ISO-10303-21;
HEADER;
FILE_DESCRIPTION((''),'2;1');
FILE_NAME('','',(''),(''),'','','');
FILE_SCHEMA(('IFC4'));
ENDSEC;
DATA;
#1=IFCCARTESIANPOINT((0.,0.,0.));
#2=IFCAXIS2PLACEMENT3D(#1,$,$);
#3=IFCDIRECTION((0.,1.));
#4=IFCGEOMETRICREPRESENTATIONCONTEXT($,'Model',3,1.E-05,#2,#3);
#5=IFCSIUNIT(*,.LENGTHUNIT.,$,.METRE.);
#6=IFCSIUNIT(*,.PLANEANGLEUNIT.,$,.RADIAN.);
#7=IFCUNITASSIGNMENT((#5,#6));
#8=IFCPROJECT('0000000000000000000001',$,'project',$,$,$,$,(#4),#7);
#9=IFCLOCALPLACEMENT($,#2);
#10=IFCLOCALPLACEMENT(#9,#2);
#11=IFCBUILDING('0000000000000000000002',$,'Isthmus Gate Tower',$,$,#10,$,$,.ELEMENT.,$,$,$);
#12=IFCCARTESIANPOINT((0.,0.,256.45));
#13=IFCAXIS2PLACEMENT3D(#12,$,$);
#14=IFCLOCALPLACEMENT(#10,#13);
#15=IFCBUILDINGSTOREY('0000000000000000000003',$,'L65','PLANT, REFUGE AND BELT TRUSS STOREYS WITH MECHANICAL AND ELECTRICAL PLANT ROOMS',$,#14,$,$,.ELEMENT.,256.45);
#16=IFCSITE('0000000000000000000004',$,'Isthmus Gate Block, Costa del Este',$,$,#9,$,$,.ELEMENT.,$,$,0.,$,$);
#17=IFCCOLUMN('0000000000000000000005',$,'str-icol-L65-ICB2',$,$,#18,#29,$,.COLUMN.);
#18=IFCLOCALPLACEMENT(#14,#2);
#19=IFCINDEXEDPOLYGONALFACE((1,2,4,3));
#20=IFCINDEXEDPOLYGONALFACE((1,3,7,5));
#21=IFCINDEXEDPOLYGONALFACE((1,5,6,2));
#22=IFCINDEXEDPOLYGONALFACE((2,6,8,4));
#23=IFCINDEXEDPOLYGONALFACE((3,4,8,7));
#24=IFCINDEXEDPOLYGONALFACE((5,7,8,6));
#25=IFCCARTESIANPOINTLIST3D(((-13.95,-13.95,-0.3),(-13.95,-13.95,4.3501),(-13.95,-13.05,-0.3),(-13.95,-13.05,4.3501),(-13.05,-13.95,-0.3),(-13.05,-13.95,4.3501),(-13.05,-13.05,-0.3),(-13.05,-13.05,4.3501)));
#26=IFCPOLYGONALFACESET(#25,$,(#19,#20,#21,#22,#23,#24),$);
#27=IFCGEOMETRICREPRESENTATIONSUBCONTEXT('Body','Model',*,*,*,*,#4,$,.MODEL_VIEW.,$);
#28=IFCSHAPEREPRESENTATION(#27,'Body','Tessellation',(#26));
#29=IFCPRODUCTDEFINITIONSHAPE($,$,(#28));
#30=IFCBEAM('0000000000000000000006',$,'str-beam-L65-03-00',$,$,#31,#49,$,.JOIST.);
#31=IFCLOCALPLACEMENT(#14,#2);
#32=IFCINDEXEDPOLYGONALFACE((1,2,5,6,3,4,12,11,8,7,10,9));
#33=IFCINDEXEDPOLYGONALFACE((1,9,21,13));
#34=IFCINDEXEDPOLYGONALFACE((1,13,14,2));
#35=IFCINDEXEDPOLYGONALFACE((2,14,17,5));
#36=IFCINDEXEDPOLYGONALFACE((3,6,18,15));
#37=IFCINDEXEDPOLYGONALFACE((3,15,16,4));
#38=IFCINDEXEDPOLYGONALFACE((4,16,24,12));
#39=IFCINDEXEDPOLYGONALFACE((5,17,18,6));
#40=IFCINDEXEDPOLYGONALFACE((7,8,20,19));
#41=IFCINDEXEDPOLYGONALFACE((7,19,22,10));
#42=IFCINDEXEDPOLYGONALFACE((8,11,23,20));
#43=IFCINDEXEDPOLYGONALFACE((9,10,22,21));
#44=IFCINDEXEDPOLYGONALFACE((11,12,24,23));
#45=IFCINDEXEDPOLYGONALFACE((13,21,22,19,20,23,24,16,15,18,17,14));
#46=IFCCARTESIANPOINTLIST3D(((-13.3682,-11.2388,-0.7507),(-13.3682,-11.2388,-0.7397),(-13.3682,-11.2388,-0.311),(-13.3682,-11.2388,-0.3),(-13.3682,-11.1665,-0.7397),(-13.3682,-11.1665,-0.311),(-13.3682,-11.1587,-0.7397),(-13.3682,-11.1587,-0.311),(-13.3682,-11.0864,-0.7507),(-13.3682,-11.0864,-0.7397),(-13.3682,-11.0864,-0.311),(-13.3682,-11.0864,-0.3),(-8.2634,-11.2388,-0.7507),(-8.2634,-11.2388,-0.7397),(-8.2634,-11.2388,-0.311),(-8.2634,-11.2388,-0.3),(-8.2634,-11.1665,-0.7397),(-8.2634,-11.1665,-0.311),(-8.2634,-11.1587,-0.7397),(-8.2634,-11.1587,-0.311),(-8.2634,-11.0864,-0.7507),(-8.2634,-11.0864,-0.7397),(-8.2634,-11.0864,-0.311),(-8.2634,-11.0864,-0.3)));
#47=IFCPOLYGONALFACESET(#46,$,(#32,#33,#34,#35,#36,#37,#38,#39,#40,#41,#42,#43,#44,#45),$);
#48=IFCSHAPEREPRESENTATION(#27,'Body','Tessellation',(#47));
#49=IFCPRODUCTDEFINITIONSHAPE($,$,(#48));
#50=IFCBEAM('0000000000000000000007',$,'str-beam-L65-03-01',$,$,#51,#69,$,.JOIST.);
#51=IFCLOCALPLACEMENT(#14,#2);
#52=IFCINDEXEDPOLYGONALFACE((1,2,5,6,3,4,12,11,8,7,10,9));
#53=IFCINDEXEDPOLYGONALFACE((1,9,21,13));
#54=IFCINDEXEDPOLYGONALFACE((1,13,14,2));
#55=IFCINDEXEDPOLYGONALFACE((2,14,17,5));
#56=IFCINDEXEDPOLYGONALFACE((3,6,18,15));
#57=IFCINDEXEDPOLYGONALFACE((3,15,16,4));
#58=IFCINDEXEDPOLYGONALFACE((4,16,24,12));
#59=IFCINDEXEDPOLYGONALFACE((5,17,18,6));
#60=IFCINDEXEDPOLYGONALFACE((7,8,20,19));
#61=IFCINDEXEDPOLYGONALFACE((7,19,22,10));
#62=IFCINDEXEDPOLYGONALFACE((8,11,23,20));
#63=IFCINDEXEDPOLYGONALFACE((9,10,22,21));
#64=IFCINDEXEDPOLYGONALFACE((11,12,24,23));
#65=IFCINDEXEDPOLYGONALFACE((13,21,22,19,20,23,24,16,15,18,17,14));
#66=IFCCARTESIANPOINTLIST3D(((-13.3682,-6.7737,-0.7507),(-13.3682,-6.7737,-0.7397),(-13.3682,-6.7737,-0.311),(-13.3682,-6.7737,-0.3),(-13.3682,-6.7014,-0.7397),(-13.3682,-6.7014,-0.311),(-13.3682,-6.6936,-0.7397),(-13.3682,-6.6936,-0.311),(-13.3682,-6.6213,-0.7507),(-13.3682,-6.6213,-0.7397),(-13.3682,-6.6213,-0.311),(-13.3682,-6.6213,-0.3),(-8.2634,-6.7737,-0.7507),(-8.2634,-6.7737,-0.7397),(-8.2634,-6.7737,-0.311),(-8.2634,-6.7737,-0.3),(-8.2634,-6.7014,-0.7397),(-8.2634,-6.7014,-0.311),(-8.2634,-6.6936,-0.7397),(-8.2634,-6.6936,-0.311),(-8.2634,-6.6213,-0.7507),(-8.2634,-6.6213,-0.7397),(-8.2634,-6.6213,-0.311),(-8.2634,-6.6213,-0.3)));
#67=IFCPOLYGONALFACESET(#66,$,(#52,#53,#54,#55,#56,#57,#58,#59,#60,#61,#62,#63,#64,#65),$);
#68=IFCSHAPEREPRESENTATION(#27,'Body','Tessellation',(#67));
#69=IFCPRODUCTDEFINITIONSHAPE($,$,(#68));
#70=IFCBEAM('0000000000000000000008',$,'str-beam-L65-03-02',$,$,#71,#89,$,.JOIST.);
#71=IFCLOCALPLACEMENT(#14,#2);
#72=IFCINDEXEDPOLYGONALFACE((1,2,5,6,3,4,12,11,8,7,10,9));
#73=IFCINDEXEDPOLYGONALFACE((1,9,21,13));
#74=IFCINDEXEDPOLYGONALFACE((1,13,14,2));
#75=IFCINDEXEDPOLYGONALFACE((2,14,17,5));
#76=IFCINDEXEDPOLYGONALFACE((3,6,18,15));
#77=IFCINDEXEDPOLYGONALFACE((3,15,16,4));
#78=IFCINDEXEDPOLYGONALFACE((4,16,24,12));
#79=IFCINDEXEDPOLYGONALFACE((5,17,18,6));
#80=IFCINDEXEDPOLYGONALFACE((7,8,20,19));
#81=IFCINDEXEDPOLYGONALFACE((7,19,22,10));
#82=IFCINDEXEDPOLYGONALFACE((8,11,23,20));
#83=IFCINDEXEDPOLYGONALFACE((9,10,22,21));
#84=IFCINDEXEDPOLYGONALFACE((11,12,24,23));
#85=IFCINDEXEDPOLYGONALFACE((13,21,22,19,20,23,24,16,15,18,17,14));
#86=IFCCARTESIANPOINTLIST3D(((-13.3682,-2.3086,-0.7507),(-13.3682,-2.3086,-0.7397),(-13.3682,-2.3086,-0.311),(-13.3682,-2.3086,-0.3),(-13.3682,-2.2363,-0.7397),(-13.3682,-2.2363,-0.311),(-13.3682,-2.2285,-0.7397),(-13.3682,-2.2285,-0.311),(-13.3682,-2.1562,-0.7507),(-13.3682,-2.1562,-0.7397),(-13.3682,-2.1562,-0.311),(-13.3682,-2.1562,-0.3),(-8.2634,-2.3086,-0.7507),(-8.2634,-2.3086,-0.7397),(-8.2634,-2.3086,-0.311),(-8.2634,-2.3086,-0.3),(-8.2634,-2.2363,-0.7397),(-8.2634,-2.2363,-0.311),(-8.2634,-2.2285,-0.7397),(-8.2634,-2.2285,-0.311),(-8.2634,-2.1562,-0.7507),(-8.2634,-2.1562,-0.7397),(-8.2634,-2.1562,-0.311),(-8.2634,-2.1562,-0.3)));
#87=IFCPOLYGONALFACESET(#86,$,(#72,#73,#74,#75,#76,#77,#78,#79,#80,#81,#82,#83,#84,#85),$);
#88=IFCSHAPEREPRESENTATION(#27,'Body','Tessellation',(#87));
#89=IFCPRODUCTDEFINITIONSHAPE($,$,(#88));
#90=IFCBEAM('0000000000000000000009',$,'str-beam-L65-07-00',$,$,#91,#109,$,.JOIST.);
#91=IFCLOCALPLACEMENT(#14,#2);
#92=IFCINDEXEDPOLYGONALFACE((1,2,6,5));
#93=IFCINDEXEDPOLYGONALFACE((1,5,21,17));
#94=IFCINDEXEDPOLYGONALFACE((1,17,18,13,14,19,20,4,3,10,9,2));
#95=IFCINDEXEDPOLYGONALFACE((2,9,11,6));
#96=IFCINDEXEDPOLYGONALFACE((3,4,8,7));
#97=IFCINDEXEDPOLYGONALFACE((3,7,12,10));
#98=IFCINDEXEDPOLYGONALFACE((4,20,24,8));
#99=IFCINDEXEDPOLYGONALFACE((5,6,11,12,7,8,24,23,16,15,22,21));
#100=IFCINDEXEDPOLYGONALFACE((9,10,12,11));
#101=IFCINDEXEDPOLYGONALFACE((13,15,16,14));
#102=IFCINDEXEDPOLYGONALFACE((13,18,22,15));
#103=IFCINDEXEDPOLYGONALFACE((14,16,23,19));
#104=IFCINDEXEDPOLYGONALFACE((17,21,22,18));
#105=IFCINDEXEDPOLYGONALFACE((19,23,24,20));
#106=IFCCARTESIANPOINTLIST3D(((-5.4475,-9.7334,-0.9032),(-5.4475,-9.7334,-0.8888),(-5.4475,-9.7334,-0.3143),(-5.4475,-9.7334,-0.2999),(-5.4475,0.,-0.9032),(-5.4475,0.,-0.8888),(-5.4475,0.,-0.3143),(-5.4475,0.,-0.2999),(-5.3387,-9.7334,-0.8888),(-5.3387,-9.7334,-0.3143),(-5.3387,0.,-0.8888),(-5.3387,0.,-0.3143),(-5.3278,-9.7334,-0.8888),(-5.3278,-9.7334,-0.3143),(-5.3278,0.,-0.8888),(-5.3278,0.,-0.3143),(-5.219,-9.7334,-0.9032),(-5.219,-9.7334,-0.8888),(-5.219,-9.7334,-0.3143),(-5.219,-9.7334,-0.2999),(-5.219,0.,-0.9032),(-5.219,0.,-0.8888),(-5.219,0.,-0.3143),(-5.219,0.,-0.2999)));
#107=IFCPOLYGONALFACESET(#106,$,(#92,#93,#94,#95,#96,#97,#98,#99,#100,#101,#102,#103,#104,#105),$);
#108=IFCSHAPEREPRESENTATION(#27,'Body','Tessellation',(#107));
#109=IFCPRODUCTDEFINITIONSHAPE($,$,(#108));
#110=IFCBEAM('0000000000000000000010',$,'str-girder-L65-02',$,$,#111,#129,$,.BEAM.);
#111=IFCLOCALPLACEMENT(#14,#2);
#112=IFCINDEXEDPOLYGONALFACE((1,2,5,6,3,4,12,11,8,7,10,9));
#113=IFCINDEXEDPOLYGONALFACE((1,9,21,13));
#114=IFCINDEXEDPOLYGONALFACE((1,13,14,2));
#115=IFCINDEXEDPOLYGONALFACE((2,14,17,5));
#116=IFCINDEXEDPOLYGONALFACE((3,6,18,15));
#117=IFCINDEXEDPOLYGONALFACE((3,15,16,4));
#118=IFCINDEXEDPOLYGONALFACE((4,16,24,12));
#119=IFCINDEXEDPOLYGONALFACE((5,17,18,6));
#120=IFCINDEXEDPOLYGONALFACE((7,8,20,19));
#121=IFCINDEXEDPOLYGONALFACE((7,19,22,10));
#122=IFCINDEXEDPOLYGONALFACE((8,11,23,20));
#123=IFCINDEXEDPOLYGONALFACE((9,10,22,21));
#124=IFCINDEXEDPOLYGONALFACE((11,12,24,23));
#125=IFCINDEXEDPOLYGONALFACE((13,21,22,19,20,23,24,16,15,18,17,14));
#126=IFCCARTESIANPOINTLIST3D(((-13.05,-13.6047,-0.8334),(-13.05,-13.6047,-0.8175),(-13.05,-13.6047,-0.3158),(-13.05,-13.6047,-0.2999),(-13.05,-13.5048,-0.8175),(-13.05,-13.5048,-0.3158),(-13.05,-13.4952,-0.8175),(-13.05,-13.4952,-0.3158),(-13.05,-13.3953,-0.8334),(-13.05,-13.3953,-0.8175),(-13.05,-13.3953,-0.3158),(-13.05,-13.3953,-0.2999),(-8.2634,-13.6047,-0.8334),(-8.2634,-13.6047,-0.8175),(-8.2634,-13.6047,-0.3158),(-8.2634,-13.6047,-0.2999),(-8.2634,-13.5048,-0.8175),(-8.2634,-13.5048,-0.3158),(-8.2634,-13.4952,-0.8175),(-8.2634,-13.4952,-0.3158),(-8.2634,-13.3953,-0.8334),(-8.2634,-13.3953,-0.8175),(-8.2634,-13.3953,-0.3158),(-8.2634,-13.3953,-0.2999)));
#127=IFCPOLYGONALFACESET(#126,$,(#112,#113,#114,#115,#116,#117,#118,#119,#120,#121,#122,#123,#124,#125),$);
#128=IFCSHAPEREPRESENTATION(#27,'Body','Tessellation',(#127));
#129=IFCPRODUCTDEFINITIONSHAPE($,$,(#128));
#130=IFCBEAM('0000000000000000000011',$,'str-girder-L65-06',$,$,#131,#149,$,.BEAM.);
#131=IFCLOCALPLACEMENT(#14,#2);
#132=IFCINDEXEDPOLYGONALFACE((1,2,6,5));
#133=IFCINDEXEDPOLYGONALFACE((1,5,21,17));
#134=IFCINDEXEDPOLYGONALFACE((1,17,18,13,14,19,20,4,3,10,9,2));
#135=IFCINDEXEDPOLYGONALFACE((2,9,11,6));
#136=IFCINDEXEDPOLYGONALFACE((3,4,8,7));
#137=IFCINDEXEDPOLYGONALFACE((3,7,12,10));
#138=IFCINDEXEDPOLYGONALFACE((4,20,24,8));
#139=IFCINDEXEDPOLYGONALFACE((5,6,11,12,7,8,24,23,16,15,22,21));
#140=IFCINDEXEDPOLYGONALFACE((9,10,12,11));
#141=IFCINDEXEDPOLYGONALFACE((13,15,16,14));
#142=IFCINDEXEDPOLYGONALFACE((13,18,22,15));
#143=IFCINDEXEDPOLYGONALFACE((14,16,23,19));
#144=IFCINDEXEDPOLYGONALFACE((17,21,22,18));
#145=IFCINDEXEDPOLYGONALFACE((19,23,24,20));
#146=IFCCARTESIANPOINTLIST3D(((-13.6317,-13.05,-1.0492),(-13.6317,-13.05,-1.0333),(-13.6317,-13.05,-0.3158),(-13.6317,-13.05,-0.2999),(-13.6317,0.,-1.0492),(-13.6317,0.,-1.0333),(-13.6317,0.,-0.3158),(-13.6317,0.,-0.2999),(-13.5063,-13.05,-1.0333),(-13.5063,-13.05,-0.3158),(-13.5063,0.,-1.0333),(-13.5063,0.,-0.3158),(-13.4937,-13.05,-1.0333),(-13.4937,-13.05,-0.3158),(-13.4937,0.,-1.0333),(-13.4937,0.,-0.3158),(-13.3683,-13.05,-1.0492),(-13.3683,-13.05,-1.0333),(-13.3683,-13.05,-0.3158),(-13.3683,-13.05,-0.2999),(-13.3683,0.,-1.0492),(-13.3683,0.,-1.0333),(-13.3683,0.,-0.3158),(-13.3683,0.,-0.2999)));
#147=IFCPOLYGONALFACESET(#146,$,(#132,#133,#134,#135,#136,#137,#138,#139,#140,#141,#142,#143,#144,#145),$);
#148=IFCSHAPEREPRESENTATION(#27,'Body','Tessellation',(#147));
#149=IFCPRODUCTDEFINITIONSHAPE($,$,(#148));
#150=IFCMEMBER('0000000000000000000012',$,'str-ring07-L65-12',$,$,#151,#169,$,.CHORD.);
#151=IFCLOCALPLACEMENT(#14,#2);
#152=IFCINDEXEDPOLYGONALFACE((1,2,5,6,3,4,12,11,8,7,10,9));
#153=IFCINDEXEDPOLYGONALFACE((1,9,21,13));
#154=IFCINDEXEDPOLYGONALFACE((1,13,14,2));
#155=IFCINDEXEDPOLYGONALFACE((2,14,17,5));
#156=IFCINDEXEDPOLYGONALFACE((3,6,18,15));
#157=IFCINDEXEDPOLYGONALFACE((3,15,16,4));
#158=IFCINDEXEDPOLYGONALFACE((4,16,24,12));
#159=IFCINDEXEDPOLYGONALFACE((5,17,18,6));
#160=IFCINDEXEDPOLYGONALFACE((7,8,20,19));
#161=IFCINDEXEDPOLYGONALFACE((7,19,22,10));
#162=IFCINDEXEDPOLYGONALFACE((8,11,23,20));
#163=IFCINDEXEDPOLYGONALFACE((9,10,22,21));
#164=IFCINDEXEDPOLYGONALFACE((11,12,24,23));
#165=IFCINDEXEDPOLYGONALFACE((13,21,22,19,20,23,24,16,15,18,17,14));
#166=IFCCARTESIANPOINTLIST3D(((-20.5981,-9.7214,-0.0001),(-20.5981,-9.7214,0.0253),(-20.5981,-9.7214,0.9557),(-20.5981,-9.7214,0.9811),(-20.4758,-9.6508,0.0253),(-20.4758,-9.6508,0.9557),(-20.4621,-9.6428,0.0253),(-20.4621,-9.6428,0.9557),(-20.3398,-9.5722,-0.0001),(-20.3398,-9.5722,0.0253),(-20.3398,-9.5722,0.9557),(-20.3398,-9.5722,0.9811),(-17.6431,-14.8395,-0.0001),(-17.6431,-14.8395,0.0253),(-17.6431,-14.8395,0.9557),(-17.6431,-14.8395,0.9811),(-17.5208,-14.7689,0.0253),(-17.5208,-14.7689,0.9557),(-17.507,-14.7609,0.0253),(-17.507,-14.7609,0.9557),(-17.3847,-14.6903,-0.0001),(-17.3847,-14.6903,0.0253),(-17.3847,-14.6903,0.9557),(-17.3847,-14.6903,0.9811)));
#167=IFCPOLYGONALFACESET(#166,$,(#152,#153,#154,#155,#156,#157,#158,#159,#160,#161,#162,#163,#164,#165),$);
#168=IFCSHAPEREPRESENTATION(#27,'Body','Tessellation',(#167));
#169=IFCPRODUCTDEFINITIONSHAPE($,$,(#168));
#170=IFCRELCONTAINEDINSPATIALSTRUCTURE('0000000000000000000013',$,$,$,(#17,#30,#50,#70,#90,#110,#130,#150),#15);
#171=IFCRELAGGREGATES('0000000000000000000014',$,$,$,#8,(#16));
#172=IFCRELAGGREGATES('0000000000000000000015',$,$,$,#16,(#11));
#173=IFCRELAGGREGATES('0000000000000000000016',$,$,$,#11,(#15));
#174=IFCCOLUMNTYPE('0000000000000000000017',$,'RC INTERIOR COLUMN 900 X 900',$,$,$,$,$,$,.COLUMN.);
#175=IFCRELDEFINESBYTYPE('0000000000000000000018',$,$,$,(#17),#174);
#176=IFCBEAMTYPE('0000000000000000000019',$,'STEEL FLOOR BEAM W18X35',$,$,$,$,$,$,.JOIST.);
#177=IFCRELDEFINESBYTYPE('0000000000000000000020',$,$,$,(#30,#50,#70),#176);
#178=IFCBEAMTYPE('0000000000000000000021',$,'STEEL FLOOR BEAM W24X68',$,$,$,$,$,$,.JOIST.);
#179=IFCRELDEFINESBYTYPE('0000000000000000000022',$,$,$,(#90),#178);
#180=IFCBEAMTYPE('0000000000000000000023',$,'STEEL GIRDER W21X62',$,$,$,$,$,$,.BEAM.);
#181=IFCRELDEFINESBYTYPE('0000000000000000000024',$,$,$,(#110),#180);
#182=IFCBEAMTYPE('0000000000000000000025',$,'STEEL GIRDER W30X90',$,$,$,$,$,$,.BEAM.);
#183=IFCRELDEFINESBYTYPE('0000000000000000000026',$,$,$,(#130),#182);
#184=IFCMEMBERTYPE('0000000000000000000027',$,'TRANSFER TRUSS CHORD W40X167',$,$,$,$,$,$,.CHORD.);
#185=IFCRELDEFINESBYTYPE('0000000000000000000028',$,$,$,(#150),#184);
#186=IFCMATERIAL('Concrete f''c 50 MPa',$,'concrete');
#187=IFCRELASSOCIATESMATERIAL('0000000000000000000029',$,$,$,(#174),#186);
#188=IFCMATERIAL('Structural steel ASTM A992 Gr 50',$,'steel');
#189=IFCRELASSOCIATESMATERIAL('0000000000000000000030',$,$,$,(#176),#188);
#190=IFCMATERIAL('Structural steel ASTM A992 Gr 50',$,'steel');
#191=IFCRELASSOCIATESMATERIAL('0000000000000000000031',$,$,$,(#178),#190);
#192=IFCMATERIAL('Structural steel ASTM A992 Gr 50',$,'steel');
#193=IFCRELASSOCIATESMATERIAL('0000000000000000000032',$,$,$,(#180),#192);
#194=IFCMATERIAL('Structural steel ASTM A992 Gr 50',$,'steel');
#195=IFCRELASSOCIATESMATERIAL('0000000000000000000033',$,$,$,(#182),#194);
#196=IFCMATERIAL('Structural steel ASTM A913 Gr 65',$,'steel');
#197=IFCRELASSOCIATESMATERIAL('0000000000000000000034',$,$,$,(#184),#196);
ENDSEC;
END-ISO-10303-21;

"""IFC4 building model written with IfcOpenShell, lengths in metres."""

from ifc_helpers import new_model, si_unit, direction, frame, origin, origin_2d, place, context, subcontext, project, spatial, rectangle, i_section, extrude, material, material_profile, profile_set, type_object, element, save


model = new_model("IFC4")

# Units and contexts
model_context = context("Model", 3, precision=1e-05, world=origin(), true_north=direction((0.0, 1.0)))
body_context = subcontext(model_context, "Body", "Model", "MODEL_VIEW")
ifc_project = project(units=[si_unit("LENGTHUNIT", "METRE"), si_unit("PLANEANGLEUNIT", "RADIAN")], contexts=[model_context])

# Site, building, storey
site_placement = place(None, origin())
site = spatial("IfcSite", under=ifc_project, at=site_placement, Name="Isthmus Gate Block, Costa del Este", CompositionType="ELEMENT", RefElevation=0.0)
building_placement = place(site_placement, origin())
building = spatial("IfcBuilding", under=site, at=building_placement, Name="Isthmus Gate Tower", CompositionType="ELEMENT")
storey_placement = place(building_placement, frame((0.0, 0.0, 256.45)))
storey = spatial("IfcBuildingStorey", under=building, at=storey_placement, Name="L65", Description="PLANT, REFUGE AND BELT TRUSS STOREYS WITH MECHANICAL AND ELECTRICAL PLANT ROOMS", CompositionType="ELEMENT", Elevation=256.45)

# Column
ifc_material_1 = material(Name="Concrete f'c 50 MPa", Category="concrete")
ifc_material_profile_1 = material_profile(ifc_material_1, rectangle(XDim=0.8999, YDim=0.8999, at=origin_2d()), Name="RC 900X900")
ifc_profile_set_1 = profile_set([ifc_material_profile_1], Name="Concrete f'c 50 MPa")
column_type = type_object("IfcColumnType", Name="RC INTERIOR COLUMN 900 X 900", PredefinedType="COLUMN", material=ifc_profile_set_1)
column_placement = place(storey_placement, frame((-13.5, -13.5, -0.3), z_axis=(0.0, 0.0, 1.0), x_axis=(1.0, 0.0, 0.0)))
element("IfcColumn", 1, at=column_placement, inside=storey, type_object=column_type, Name="str-icol-L65-ICB2", PredefinedType="COLUMN", context=body_context, shape_type="SweptSolid", body=[
    extrude(rectangle(XDim=0.8999, YDim=0.8999, at=origin_2d()), origin(), (0.0, 0.0, 1.0), 4.6501),
])

# Beams
ifc_material_2 = material(Name="Structural steel ASTM A992 Gr 50", Category="steel")
ifc_material_profile_2 = material_profile(ifc_material_2, i_section(OverallWidth=0.1523, OverallDepth=0.4507, WebThickness=0.0078, FlangeThickness=0.011, at=origin_2d()), Name="W18X35")
ifc_profile_set_2 = profile_set([ifc_material_profile_2], Name="Structural steel ASTM A992 Gr 50")
beam_type_1 = type_object("IfcBeamType", Name="STEEL FLOOR BEAM W18X35", PredefinedType="JOIST", material=ifc_profile_set_2)
for number, where, z_axis, x_axis, name in (
    (2, (-13.3682, -11.1626, -0.5254), (1.0, 0.0, 0.0), (0.0, 1.0, 0.0), "str-beam-L65-03-00"),
    (3, (-13.3682, -6.6975, -0.5254), (1.0, 0.0, 0.0), (0.0, 1.0, 0.0), "str-beam-L65-03-01"),
    (4, (-13.3682, -2.2324, -0.5254), (1.0, 0.0, 0.0), (0.0, 1.0, 0.0), "str-beam-L65-03-02"),
):
    element("IfcBeam", number, at=place(storey_placement, frame(where, z_axis=z_axis, x_axis=x_axis)), inside=storey, type_object=beam_type_1, Name=name, PredefinedType="JOIST", context=body_context, shape_type="SweptSolid", body=[
        extrude(i_section(OverallWidth=0.1523, OverallDepth=0.4507, WebThickness=0.0078, FlangeThickness=0.011, at=origin_2d()), origin(), (0.0, 0.0, 1.0), 5.1047),
    ])
ifc_material_3 = material(Name="Structural steel ASTM A992 Gr 50", Category="steel")
ifc_material_profile_3 = material_profile(ifc_material_3, i_section(OverallWidth=0.2285, OverallDepth=0.6033, WebThickness=0.011, FlangeThickness=0.0144, at=origin_2d()), Name="W24X68")
ifc_profile_set_3 = profile_set([ifc_material_profile_3], Name="Structural steel ASTM A992 Gr 50")
beam_type_2 = type_object("IfcBeamType", Name="STEEL FLOOR BEAM W24X68", PredefinedType="JOIST", material=ifc_profile_set_3)
beam_1_placement = place(storey_placement, frame((-5.3333, -9.7334, -0.6016), z_axis=(0.0, 1.0, 0.0), x_axis=(-1.0, 0.0, 0.0)))
element("IfcBeam", 5, at=beam_1_placement, inside=storey, type_object=beam_type_2, Name="str-beam-L65-07-00", PredefinedType="JOIST", context=body_context, shape_type="SweptSolid", body=[
    extrude(i_section(OverallWidth=0.2285, OverallDepth=0.6033, WebThickness=0.011, FlangeThickness=0.0144, at=origin_2d()), origin(), (0.0, 0.0, 1.0), 9.7334),
])
ifc_material_4 = material(Name="Structural steel ASTM A992 Gr 50", Category="steel")
ifc_material_profile_4 = material_profile(ifc_material_4, i_section(OverallWidth=0.2095, OverallDepth=0.5334, WebThickness=0.0095, FlangeThickness=0.0159, at=origin_2d()), Name="W21X62")
ifc_profile_set_4 = profile_set([ifc_material_profile_4], Name="Structural steel ASTM A992 Gr 50")
beam_type_3 = type_object("IfcBeamType", Name="STEEL GIRDER W21X62", PredefinedType="BEAM", material=ifc_profile_set_4)
beam_2_placement = place(storey_placement, frame((-13.05, -13.5, -0.5667), z_axis=(1.0, 0.0, 0.0), x_axis=(0.0, 1.0, 0.0)))
element("IfcBeam", 6, at=beam_2_placement, inside=storey, type_object=beam_type_3, Name="str-girder-L65-02", PredefinedType="BEAM", context=body_context, shape_type="SweptSolid", body=[
    extrude(i_section(OverallWidth=0.2095, OverallDepth=0.5334, WebThickness=0.0095, FlangeThickness=0.0159, at=origin_2d()), origin(), (0.0, 0.0, 1.0), 4.7866),
])
ifc_material_5 = material(Name="Structural steel ASTM A992 Gr 50", Category="steel")
ifc_material_profile_5 = material_profile(ifc_material_5, i_section(OverallWidth=0.2634, OverallDepth=0.7493, WebThickness=0.0127, FlangeThickness=0.0159, at=origin_2d()), Name="W30X90")
ifc_profile_set_5 = profile_set([ifc_material_profile_5], Name="Structural steel ASTM A992 Gr 50")
beam_type_4 = type_object("IfcBeamType", Name="STEEL GIRDER W30X90", PredefinedType="BEAM", material=ifc_profile_set_5)
beam_3_placement = place(storey_placement, frame((-13.5, -13.05, -0.6746), z_axis=(0.0, 1.0, 0.0), x_axis=(-1.0, 0.0, 0.0)))
element("IfcBeam", 7, at=beam_3_placement, inside=storey, type_object=beam_type_4, Name="str-girder-L65-06", PredefinedType="BEAM", context=body_context, shape_type="SweptSolid", body=[
    extrude(i_section(OverallWidth=0.2634, OverallDepth=0.7493, WebThickness=0.0127, FlangeThickness=0.0159, at=origin_2d()), origin(), (0.0, 0.0, 1.0), 13.05),
])

# Member
ifc_material_6 = material(Name="Structural steel ASTM A913 Gr 65", Category="steel")
ifc_material_profile_6 = material_profile(ifc_material_6, i_section(OverallWidth=0.2983, OverallDepth=0.9812, WebThickness=0.0159, FlangeThickness=0.0254, at=origin_2d()), Name="W40X167")
ifc_profile_set_6 = profile_set([ifc_material_profile_6], Name="Structural steel ASTM A913 Gr 65")
member_type_1 = type_object("IfcMemberType", Name="TRANSFER TRUSS CHORD W40X167", PredefinedType="CHORD", material=ifc_profile_set_6)
member_1_placement = place(storey_placement, frame((-17.5139, -14.7649, 0.4905), z_axis=(-0.500013, 0.866018, 0.0), x_axis=(-0.866018, -0.500013, 0.0)))
element("IfcMember", 8, at=member_1_placement, inside=storey, type_object=member_type_1, Name="str-ring07-L65-12", PredefinedType="CHORD", context=body_context, shape_type="SweptSolid", body=[
    extrude(i_section(OverallWidth=0.2983, OverallDepth=0.9812, WebThickness=0.0159, FlangeThickness=0.0254, at=origin_2d()), origin(), (0.0, 0.0, 1.0), 5.9099),
])

save(model, "model.ifc")
